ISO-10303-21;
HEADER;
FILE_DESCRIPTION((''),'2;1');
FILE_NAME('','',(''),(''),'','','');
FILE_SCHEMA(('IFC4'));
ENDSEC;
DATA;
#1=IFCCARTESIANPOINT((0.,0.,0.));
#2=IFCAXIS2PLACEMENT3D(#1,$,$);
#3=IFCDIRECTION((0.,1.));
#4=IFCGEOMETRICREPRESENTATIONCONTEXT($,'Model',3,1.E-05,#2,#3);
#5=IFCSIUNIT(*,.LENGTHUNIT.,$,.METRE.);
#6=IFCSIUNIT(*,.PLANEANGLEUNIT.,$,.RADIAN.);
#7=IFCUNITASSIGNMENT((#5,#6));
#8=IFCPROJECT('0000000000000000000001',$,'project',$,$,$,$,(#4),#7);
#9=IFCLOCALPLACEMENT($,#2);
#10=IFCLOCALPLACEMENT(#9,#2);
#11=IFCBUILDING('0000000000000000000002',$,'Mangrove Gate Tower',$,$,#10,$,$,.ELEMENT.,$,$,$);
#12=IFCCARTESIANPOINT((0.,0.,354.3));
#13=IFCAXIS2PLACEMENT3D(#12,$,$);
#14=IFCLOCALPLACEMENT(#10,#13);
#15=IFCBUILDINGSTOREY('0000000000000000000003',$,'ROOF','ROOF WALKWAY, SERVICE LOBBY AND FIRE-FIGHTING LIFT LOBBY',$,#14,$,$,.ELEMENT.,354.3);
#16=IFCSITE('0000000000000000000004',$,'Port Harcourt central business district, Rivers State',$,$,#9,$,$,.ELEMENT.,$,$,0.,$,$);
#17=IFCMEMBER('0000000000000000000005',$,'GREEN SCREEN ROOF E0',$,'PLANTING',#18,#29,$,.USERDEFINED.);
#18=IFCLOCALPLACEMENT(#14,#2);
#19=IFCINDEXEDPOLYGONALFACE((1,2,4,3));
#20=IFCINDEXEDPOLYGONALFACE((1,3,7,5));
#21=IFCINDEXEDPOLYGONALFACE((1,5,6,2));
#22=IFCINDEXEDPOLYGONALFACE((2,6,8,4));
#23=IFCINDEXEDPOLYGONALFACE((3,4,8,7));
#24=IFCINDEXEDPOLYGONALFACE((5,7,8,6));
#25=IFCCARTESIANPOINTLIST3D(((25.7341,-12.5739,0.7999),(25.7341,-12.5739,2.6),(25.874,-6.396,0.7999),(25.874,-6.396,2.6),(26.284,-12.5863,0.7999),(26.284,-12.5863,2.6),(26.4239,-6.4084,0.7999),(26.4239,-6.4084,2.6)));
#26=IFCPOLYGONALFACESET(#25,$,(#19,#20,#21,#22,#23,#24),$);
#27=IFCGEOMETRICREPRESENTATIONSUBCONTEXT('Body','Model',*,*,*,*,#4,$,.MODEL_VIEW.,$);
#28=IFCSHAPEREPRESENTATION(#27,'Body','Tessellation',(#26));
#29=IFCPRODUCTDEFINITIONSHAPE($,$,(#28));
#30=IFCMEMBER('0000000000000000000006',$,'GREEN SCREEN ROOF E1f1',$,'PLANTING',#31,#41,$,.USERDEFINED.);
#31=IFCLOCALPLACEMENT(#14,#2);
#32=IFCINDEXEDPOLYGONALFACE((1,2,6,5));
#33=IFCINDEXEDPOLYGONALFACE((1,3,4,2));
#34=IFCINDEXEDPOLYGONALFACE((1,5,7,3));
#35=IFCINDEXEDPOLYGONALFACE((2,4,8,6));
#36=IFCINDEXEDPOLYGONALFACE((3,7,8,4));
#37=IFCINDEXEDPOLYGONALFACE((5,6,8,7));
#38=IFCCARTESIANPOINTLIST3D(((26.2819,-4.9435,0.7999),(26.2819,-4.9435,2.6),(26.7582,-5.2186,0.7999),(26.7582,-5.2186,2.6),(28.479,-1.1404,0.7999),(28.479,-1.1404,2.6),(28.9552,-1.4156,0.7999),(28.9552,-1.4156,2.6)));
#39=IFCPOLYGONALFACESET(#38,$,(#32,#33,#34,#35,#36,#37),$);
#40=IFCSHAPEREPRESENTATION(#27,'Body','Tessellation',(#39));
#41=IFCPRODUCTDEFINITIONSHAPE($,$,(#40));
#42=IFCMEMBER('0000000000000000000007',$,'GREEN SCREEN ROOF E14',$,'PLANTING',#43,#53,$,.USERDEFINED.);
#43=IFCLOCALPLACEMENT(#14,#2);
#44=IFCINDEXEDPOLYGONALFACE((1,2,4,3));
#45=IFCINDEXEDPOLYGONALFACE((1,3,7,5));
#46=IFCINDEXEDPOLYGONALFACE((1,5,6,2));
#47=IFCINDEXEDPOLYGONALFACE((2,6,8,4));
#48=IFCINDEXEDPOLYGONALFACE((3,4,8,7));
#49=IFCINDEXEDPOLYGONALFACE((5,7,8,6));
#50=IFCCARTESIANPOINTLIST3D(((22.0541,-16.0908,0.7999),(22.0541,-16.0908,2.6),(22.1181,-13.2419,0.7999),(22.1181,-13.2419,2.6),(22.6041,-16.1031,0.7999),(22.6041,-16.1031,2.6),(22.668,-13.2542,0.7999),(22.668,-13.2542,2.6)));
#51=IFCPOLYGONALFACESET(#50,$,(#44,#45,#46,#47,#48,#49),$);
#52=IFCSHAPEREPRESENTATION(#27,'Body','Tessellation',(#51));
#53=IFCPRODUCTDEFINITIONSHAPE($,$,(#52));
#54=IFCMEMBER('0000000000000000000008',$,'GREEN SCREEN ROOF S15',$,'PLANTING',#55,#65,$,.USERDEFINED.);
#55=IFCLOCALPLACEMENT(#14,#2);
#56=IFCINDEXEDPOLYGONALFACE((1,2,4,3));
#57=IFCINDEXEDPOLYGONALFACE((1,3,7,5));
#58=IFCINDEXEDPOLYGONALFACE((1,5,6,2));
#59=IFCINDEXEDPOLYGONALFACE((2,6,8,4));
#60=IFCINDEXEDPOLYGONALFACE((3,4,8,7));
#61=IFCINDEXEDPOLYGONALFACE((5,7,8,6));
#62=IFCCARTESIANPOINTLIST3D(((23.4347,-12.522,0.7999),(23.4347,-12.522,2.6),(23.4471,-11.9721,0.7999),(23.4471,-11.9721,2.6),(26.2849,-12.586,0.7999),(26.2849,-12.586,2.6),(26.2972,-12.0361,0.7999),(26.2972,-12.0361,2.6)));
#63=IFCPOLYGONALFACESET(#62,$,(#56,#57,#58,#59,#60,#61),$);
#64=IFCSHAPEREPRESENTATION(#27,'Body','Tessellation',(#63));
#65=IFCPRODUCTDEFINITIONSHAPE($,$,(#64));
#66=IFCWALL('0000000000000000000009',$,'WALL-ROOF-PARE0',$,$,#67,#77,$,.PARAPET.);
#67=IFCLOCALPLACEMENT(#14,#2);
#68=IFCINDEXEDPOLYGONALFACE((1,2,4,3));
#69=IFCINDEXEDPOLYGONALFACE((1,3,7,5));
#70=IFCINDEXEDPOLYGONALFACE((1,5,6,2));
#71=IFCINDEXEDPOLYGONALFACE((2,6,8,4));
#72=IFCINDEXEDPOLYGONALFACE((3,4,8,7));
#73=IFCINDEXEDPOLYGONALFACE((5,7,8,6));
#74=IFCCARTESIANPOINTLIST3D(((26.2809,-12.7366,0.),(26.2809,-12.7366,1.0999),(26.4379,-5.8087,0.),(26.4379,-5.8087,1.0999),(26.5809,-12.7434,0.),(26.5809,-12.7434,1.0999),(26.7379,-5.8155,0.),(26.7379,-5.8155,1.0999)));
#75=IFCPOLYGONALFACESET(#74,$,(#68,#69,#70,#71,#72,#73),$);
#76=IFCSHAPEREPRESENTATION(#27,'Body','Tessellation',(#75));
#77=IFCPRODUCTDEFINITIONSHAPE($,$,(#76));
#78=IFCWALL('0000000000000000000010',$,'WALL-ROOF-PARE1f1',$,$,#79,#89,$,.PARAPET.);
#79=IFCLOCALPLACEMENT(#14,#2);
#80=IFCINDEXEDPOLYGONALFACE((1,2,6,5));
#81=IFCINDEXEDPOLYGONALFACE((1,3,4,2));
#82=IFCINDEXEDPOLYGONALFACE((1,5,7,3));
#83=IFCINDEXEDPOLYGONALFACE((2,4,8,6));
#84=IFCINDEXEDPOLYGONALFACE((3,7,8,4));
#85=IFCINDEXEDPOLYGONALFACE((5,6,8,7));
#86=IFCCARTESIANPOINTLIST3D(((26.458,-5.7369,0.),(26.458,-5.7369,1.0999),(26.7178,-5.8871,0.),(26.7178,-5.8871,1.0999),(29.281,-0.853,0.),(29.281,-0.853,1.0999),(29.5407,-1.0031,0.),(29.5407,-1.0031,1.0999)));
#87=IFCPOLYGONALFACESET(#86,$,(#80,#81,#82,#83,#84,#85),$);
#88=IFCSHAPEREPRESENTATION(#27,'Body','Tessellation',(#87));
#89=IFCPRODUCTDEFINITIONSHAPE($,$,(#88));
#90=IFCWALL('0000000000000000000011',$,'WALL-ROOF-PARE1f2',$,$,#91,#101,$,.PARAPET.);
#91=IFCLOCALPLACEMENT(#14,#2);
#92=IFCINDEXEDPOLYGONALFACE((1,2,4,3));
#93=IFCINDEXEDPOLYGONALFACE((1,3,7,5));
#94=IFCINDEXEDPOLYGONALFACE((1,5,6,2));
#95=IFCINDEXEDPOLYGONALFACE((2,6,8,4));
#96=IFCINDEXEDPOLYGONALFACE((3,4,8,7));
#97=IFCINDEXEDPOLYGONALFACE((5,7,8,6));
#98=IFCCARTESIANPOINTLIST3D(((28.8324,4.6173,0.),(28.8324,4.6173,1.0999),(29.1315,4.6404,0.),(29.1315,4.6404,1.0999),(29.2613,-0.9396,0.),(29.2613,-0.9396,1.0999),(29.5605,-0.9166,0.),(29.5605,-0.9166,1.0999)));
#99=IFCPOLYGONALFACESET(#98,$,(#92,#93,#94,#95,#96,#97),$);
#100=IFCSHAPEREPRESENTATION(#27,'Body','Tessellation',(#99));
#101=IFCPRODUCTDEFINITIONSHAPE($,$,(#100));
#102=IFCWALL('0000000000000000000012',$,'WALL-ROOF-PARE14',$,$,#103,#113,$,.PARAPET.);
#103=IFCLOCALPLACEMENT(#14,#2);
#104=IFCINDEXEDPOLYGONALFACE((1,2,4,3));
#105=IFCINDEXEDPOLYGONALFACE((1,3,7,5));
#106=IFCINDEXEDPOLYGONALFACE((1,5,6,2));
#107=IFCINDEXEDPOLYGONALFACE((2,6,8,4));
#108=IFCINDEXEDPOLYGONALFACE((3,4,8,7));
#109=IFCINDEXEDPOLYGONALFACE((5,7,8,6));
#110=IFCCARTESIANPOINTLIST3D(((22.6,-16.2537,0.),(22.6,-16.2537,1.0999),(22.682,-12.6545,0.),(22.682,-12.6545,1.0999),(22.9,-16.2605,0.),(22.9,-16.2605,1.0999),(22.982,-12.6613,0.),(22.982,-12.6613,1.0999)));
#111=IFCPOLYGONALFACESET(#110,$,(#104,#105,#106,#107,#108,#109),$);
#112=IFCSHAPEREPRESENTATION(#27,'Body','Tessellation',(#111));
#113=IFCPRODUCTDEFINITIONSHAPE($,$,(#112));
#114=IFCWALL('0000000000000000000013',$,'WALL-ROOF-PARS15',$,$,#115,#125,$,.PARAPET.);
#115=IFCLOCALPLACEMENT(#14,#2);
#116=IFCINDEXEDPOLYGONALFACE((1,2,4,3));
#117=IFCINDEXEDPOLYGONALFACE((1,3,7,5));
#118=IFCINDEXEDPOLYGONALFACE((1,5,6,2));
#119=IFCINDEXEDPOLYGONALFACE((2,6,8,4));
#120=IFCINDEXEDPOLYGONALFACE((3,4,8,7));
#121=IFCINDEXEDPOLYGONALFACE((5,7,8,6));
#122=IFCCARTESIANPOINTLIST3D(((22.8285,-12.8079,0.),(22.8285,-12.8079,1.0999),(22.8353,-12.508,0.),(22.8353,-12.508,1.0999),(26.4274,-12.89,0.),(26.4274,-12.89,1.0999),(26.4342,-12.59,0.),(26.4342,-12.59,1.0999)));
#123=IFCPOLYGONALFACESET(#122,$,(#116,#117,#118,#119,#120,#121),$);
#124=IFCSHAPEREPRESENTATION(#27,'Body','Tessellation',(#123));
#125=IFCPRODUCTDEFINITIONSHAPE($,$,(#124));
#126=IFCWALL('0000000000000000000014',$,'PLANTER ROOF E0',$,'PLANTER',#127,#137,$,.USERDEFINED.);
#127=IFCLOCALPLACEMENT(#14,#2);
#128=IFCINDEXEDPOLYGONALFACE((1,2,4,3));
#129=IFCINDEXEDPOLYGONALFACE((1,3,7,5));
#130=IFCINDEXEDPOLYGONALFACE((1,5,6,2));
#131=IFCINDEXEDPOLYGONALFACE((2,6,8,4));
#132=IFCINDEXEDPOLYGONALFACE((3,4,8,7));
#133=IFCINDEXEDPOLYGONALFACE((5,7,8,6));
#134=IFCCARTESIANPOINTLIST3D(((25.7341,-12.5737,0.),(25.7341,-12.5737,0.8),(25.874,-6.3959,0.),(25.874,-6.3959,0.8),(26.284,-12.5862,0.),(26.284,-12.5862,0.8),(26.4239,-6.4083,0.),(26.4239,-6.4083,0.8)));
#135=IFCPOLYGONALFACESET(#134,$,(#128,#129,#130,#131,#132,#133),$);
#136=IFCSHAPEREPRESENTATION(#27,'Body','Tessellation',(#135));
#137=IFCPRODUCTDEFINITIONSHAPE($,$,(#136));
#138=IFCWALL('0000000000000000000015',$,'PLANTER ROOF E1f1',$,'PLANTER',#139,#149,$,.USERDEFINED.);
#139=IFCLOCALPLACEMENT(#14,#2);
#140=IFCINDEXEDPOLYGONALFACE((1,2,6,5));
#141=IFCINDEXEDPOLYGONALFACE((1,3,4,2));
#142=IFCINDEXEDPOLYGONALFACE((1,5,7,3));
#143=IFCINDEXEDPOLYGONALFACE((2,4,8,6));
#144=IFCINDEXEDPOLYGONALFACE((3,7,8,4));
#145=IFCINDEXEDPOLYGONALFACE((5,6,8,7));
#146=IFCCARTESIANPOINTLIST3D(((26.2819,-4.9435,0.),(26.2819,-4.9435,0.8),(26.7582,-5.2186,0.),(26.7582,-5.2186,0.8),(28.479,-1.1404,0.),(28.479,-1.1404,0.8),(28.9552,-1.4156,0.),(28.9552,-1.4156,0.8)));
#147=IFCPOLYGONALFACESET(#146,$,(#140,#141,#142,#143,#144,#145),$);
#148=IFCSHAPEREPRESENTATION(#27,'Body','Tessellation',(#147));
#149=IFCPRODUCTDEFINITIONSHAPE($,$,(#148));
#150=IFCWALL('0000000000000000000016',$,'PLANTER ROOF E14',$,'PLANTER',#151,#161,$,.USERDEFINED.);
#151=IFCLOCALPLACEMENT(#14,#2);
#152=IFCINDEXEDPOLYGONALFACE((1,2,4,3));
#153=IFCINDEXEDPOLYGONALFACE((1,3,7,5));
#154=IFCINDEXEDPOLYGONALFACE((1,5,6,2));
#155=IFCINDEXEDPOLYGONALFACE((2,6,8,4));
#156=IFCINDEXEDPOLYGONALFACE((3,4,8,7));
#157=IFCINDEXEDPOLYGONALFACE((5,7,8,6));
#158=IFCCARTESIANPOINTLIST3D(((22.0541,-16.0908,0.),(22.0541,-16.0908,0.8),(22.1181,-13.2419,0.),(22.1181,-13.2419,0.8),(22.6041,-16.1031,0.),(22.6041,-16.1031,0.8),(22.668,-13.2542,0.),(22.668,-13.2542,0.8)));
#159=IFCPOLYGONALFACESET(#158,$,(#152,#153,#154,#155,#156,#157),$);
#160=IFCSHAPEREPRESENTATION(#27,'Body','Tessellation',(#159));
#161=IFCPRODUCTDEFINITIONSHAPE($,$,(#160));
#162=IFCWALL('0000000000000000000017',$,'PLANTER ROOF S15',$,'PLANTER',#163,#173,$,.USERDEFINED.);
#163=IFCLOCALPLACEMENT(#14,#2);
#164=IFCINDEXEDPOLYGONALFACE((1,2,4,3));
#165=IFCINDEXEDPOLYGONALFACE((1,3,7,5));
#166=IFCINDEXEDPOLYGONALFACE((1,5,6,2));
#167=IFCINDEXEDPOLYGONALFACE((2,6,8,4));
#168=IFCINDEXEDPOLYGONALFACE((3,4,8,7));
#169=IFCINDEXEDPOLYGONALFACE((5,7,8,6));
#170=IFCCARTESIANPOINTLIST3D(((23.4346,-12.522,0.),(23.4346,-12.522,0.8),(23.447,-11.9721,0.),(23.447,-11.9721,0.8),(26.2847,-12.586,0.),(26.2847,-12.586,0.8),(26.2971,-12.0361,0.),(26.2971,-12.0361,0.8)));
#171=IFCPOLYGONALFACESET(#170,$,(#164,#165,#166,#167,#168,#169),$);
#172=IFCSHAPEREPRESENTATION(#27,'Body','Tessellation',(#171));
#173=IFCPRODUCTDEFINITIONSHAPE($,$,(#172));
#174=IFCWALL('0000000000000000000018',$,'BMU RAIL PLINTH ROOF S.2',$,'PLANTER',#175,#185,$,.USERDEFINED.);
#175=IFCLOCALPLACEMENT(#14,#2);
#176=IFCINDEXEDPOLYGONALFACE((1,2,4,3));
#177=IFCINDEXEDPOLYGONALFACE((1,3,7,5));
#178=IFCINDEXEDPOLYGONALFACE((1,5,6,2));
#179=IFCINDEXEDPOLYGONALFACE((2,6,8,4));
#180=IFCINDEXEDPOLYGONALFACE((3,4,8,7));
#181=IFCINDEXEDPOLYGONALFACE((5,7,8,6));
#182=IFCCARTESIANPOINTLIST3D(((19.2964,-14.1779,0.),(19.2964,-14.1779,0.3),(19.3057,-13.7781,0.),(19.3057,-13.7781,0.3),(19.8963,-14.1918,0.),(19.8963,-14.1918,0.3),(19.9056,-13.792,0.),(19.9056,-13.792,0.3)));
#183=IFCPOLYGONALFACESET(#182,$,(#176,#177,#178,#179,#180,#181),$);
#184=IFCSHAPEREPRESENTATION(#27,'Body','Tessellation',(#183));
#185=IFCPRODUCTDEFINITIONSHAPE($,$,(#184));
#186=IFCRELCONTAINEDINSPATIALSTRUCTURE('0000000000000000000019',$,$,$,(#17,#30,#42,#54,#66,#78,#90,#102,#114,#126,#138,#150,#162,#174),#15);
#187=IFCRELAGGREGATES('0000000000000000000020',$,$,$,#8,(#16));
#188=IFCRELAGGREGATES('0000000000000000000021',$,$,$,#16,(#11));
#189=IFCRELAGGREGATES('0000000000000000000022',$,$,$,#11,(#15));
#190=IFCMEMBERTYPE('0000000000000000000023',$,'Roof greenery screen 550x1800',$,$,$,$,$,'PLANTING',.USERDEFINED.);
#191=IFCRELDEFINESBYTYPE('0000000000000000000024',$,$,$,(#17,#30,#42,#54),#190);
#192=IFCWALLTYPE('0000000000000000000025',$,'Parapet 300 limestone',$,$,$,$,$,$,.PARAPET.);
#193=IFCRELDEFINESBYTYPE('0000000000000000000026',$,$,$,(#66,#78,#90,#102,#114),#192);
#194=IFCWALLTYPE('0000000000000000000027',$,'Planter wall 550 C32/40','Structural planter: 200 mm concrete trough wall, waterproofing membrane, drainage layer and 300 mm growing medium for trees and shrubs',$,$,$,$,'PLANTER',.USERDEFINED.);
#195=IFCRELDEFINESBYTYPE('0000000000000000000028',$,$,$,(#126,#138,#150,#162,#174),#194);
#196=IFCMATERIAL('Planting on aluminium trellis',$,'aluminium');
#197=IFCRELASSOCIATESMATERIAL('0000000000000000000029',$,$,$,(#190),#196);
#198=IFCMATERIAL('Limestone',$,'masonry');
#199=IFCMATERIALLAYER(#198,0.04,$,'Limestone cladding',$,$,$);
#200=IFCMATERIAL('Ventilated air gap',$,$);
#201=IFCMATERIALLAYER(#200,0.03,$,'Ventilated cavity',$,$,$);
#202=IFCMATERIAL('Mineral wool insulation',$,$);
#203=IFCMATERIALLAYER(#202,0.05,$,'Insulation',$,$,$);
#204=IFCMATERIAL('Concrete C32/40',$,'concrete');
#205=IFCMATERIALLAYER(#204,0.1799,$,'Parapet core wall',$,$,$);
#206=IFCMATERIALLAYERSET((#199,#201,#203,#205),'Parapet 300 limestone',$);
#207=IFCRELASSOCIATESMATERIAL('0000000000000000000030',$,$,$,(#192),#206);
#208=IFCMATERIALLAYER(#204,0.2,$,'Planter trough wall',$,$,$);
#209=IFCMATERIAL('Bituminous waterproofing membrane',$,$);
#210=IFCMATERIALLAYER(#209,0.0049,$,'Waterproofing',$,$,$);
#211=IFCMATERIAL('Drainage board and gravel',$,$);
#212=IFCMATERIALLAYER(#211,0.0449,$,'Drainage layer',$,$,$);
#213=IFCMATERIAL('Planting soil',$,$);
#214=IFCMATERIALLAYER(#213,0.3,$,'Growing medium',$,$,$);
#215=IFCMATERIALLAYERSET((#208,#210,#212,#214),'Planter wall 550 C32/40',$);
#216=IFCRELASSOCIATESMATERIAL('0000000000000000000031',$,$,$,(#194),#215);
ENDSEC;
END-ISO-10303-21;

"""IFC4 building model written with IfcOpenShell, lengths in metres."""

from ifc_helpers import new_model, si_unit, direction, frame, frame_2d, origin, origin_2d, place, context, subcontext, project, spatial, rectangle, extrude, material, layer, layer_set, material_profile, profile_set, type_object, element, save


model = new_model("IFC4")

# Units and contexts
model_context = context("Model", 3, precision=1e-05, world=origin(), true_north=direction((0.0, 1.0)))
body_context = subcontext(model_context, "Body", "Model", "MODEL_VIEW")
ifc_project = project(units=[si_unit("LENGTHUNIT", "METRE"), si_unit("PLANEANGLEUNIT", "RADIAN")], contexts=[model_context])

# Site, building, storey
site_placement = place(None, origin())
site = spatial("IfcSite", under=ifc_project, at=site_placement, Name="Port Harcourt central business district, Rivers State", CompositionType="ELEMENT", RefElevation=0.0)
building_placement = place(site_placement, origin())
building = spatial("IfcBuilding", under=site, at=building_placement, Name="Mangrove Gate Tower", CompositionType="ELEMENT")
storey_placement = place(building_placement, frame((0.0, 0.0, 354.3)))
storey = spatial("IfcBuildingStorey", under=building, at=storey_placement, Name="ROOF", Description="ROOF WALKWAY, SERVICE LOBBY AND FIRE-FIGHTING LIFT LOBBY", CompositionType="ELEMENT", Elevation=354.3)

# Members
ifc_material_1 = material(Name="Planting on aluminium trellis", Category="aluminium")
ifc_material_profile = material_profile(ifc_material_1, rectangle(XDim=0.55, YDim=1.8, at=origin_2d()))
ifc_profile_set = profile_set([ifc_material_profile], Name="Planting on aluminium trellis")
member_type = type_object("IfcMemberType", Name="Roof greenery screen 550x1800", ElementType="PLANTING", PredefinedType="USERDEFINED", material=ifc_profile_set)
member_1_placement = place(storey_placement, frame((26.009, -12.5801, 1.7), z_axis=(0.022638, 0.999744, 0.0), x_axis=(-0.999744, 0.022638, 0.0)))
element("IfcMember", 1, at=member_1_placement, inside=storey, type_object=member_type, Name="GREEN SCREEN ROOF E0", ObjectType="PLANTING", PredefinedType="USERDEFINED", context=body_context, shape_type="SweptSolid", body=[
    extrude(rectangle(XDim=0.55, YDim=1.8, at=origin_2d()), origin(), (0.0, 0.0, 1.0), 6.1794),
])
member_2_placement = place(storey_placement, frame((26.52, -5.0811, 1.7), z_axis=(0.500234, 0.86589, 0.0), x_axis=(-0.86589, 0.500234, 0.0)))
element("IfcMember", 2, at=member_2_placement, inside=storey, type_object=member_type, Name="GREEN SCREEN ROOF E1f1", ObjectType="PLANTING", PredefinedType="USERDEFINED", context=body_context, shape_type="SweptSolid", body=[
    extrude(rectangle(XDim=0.55, YDim=1.8, at=origin_2d()), origin(), (0.0, 0.0, 1.0), 4.3921),
])
member_3_placement = place(storey_placement, frame((22.3291, -16.0969, 1.7), z_axis=(0.022447, 0.999748, 0.0), x_axis=(-0.999748, 0.022447, 0.0)))
element("IfcMember", 3, at=member_3_placement, inside=storey, type_object=member_type, Name="GREEN SCREEN ROOF E14", ObjectType="PLANTING", PredefinedType="USERDEFINED", context=body_context, shape_type="SweptSolid", body=[
    extrude(rectangle(XDim=0.55, YDim=1.8, at=origin_2d()), origin(), (0.0, 0.0, 1.0), 2.8496),
])
member_4_placement = place(storey_placement, frame((23.4409, -12.2471, 1.7), z_axis=(0.999748, -0.022437, 0.0), x_axis=(0.022437, 0.999748, 0.0)))
element("IfcMember", 4, at=member_4_placement, inside=storey, type_object=member_type, Name="GREEN SCREEN ROOF S15", ObjectType="PLANTING", PredefinedType="USERDEFINED", context=body_context, shape_type="SweptSolid", body=[
    extrude(rectangle(XDim=0.55, YDim=1.8, at=origin_2d()), origin(), (0.0, 0.0, 1.0), 2.8508),
])

# Walls
ifc_material_2 = material(Name="Limestone", Category="masonry")
ifc_layer_1 = layer(ifc_material_2, 0.04, Name="Limestone cladding")
ifc_material_3 = material(Name="Ventilated air gap")
ifc_layer_2 = layer(ifc_material_3, 0.03, Name="Ventilated cavity")
ifc_material_4 = material(Name="Mineral wool insulation")
ifc_layer_3 = layer(ifc_material_4, 0.05, Name="Insulation")
ifc_material_5 = material(Name="Concrete C32/40", Category="concrete")
ifc_layer_4 = layer(ifc_material_5, 0.1799, Name="Parapet core wall")
ifc_layer_set_1 = layer_set([ifc_layer_1, ifc_layer_2, ifc_layer_3, ifc_layer_4], Name="Parapet 300 limestone")
wall_type_1 = type_object("IfcWallType", Name="Parapet 300 limestone", PredefinedType="PARAPET", material=ifc_layer_set_1)
wall_1_placement = place(storey_placement, frame((26.4309, -12.74, 0.0), z_axis=(0.0, 0.0, 1.0), x_axis=(0.022653, 0.999743, 0.0)))
element("IfcWall", 5, at=wall_1_placement, inside=storey, type_object=wall_type_1, Name="WALL-ROOF-PARE0", PredefinedType="PARAPET", context=body_context, shape_type="SweptSolid", body=[
    extrude(rectangle(XDim=6.9297, YDim=0.3, at=frame_2d((3.4648, 0.0))), origin(), (0.0, 0.0, 1.0), 1.0999),
])
wall_2_placement = place(storey_placement, frame((26.5879, -5.812, 0.0), z_axis=(0.0, 0.0, 1.0), x_axis=(0.500425, 0.86578, 0.0)))
element("IfcWall", 6, at=wall_2_placement, inside=storey, type_object=wall_type_1, Name="WALL-ROOF-PARE1f1", PredefinedType="PARAPET", context=body_context, shape_type="SweptSolid", body=[
    extrude(rectangle(XDim=5.6411, YDim=0.3, at=frame_2d((2.8206, 0.0))), origin(), (0.0, 0.0, 1.0), 1.0999),
])
wall_3_placement = place(storey_placement, frame((29.4109, -0.928, 0.0), z_axis=(0.0, 0.0, 1.0), x_axis=(-0.076964, 0.997034, 0.0)))
element("IfcWall", 7, at=wall_3_placement, inside=storey, type_object=wall_type_1, Name="WALL-ROOF-PARE1f2", PredefinedType="PARAPET", context=body_context, shape_type="SweptSolid", body=[
    extrude(rectangle(XDim=5.5735, YDim=0.3, at=frame_2d((2.7866, 0.0))), origin(), (0.0, 0.0, 1.0), 1.0999),
])
wall_4_placement = place(storey_placement, frame((22.75, -16.2571, 0.0), z_axis=(0.0, 0.0, 1.0), x_axis=(0.022786, 0.99974, 0.0)))
element("IfcWall", 8, at=wall_4_placement, inside=storey, type_object=wall_type_1, Name="WALL-ROOF-PARE14", PredefinedType="PARAPET", context=body_context, shape_type="SweptSolid", body=[
    extrude(rectangle(XDim=3.6001, YDim=0.3, at=frame_2d((1.8, 0.0))), origin(), (0.0, 0.0, 1.0), 1.0999),
])
wall_5_placement = place(storey_placement, frame((22.832, -12.658, 0.0), z_axis=(0.0, 0.0, 1.0), x_axis=(0.99974, -0.022788, 0.0)))
element("IfcWall", 9, at=wall_5_placement, inside=storey, type_object=wall_type_1, Name="WALL-ROOF-PARS15", PredefinedType="PARAPET", context=body_context, shape_type="SweptSolid", body=[
    extrude(rectangle(XDim=3.5999, YDim=0.3, at=frame_2d((1.7998, 0.0))), origin(), (0.0, 0.0, 1.0), 1.0999),
])
ifc_layer_5 = layer(ifc_material_5, 0.2, Name="Planter trough wall")
ifc_material_6 = material(Name="Bituminous waterproofing membrane")
ifc_layer_6 = layer(ifc_material_6, 0.0049, Name="Waterproofing")
ifc_material_7 = material(Name="Drainage board and gravel")
ifc_layer_7 = layer(ifc_material_7, 0.0449, Name="Drainage layer")
ifc_material_8 = material(Name="Planting soil")
ifc_layer_8 = layer(ifc_material_8, 0.3, Name="Growing medium")
ifc_layer_set_2 = layer_set([ifc_layer_5, ifc_layer_6, ifc_layer_7, ifc_layer_8], Name="Planter wall 550 C32/40")
wall_type_2 = type_object("IfcWallType", Name="Planter wall 550 C32/40", Description="Structural planter: 200 mm concrete trough wall, waterproofing membrane, drainage layer and 300 mm growing medium for trees and shrubs", ElementType="PLANTER", PredefinedType="USERDEFINED", material=ifc_layer_set_2)
wall_6_placement = place(storey_placement, frame((26.009, -12.5801, 0.0), z_axis=(0.0, 0.0, 1.0), x_axis=(0.022638, 0.999744, 0.0)))
element("IfcWall", 10, at=wall_6_placement, inside=storey, type_object=wall_type_2, Name="PLANTER ROOF E0", ObjectType="PLANTER", PredefinedType="USERDEFINED", context=body_context, shape_type="SweptSolid", body=[
    extrude(rectangle(XDim=6.1794, YDim=0.55, at=frame_2d((3.0898, 0.0))), origin(), (0.0, 0.0, 1.0), 0.8),
])
wall_7_placement = place(storey_placement, frame((26.52, -5.0811, 0.0), z_axis=(0.0, 0.0, 1.0), x_axis=(0.500234, 0.86589, 0.0)))
element("IfcWall", 11, at=wall_7_placement, inside=storey, type_object=wall_type_2, Name="PLANTER ROOF E1f1", ObjectType="PLANTER", PredefinedType="USERDEFINED", context=body_context, shape_type="SweptSolid", body=[
    extrude(rectangle(XDim=4.3921, YDim=0.55, at=frame_2d((2.196, 0.0))), origin(), (0.0, 0.0, 1.0), 0.8),
])
wall_8_placement = place(storey_placement, frame((22.3291, -16.0969, 0.0), z_axis=(0.0, 0.0, 1.0), x_axis=(0.022447, 0.999748, 0.0)))
element("IfcWall", 12, at=wall_8_placement, inside=storey, type_object=wall_type_2, Name="PLANTER ROOF E14", ObjectType="PLANTER", PredefinedType="USERDEFINED", context=body_context, shape_type="SweptSolid", body=[
    extrude(rectangle(XDim=2.8496, YDim=0.55, at=frame_2d((1.4248, 0.0))), origin(), (0.0, 0.0, 1.0), 0.8),
])
wall_9_placement = place(storey_placement, frame((23.4409, -12.2471, 0.0), z_axis=(0.0, 0.0, 1.0), x_axis=(0.999748, -0.022437, 0.0)))
element("IfcWall", 13, at=wall_9_placement, inside=storey, type_object=wall_type_2, Name="PLANTER ROOF S15", ObjectType="PLANTER", PredefinedType="USERDEFINED", context=body_context, shape_type="SweptSolid", body=[
    extrude(rectangle(XDim=2.8508, YDim=0.55, at=frame_2d((1.4253, 0.0))), origin(), (0.0, 0.0, 1.0), 0.8),
])
wall_10_placement = place(storey_placement, frame((19.301, -13.978, 0.0), z_axis=(0.0, 0.0, 1.0), x_axis=(0.999731, -0.023193, 0.0)))
element("IfcWall", 14, at=wall_10_placement, inside=storey, type_object=wall_type_2, Name="BMU RAIL PLINTH ROOF S.2", ObjectType="PLANTER", PredefinedType="USERDEFINED", context=body_context, shape_type="SweptSolid", body=[
    extrude(rectangle(XDim=0.6001, YDim=0.3999, at=frame_2d((0.3, 0.0))), origin(), (0.0, 0.0, 1.0), 0.3),
])

save(model, "model.ifc")
